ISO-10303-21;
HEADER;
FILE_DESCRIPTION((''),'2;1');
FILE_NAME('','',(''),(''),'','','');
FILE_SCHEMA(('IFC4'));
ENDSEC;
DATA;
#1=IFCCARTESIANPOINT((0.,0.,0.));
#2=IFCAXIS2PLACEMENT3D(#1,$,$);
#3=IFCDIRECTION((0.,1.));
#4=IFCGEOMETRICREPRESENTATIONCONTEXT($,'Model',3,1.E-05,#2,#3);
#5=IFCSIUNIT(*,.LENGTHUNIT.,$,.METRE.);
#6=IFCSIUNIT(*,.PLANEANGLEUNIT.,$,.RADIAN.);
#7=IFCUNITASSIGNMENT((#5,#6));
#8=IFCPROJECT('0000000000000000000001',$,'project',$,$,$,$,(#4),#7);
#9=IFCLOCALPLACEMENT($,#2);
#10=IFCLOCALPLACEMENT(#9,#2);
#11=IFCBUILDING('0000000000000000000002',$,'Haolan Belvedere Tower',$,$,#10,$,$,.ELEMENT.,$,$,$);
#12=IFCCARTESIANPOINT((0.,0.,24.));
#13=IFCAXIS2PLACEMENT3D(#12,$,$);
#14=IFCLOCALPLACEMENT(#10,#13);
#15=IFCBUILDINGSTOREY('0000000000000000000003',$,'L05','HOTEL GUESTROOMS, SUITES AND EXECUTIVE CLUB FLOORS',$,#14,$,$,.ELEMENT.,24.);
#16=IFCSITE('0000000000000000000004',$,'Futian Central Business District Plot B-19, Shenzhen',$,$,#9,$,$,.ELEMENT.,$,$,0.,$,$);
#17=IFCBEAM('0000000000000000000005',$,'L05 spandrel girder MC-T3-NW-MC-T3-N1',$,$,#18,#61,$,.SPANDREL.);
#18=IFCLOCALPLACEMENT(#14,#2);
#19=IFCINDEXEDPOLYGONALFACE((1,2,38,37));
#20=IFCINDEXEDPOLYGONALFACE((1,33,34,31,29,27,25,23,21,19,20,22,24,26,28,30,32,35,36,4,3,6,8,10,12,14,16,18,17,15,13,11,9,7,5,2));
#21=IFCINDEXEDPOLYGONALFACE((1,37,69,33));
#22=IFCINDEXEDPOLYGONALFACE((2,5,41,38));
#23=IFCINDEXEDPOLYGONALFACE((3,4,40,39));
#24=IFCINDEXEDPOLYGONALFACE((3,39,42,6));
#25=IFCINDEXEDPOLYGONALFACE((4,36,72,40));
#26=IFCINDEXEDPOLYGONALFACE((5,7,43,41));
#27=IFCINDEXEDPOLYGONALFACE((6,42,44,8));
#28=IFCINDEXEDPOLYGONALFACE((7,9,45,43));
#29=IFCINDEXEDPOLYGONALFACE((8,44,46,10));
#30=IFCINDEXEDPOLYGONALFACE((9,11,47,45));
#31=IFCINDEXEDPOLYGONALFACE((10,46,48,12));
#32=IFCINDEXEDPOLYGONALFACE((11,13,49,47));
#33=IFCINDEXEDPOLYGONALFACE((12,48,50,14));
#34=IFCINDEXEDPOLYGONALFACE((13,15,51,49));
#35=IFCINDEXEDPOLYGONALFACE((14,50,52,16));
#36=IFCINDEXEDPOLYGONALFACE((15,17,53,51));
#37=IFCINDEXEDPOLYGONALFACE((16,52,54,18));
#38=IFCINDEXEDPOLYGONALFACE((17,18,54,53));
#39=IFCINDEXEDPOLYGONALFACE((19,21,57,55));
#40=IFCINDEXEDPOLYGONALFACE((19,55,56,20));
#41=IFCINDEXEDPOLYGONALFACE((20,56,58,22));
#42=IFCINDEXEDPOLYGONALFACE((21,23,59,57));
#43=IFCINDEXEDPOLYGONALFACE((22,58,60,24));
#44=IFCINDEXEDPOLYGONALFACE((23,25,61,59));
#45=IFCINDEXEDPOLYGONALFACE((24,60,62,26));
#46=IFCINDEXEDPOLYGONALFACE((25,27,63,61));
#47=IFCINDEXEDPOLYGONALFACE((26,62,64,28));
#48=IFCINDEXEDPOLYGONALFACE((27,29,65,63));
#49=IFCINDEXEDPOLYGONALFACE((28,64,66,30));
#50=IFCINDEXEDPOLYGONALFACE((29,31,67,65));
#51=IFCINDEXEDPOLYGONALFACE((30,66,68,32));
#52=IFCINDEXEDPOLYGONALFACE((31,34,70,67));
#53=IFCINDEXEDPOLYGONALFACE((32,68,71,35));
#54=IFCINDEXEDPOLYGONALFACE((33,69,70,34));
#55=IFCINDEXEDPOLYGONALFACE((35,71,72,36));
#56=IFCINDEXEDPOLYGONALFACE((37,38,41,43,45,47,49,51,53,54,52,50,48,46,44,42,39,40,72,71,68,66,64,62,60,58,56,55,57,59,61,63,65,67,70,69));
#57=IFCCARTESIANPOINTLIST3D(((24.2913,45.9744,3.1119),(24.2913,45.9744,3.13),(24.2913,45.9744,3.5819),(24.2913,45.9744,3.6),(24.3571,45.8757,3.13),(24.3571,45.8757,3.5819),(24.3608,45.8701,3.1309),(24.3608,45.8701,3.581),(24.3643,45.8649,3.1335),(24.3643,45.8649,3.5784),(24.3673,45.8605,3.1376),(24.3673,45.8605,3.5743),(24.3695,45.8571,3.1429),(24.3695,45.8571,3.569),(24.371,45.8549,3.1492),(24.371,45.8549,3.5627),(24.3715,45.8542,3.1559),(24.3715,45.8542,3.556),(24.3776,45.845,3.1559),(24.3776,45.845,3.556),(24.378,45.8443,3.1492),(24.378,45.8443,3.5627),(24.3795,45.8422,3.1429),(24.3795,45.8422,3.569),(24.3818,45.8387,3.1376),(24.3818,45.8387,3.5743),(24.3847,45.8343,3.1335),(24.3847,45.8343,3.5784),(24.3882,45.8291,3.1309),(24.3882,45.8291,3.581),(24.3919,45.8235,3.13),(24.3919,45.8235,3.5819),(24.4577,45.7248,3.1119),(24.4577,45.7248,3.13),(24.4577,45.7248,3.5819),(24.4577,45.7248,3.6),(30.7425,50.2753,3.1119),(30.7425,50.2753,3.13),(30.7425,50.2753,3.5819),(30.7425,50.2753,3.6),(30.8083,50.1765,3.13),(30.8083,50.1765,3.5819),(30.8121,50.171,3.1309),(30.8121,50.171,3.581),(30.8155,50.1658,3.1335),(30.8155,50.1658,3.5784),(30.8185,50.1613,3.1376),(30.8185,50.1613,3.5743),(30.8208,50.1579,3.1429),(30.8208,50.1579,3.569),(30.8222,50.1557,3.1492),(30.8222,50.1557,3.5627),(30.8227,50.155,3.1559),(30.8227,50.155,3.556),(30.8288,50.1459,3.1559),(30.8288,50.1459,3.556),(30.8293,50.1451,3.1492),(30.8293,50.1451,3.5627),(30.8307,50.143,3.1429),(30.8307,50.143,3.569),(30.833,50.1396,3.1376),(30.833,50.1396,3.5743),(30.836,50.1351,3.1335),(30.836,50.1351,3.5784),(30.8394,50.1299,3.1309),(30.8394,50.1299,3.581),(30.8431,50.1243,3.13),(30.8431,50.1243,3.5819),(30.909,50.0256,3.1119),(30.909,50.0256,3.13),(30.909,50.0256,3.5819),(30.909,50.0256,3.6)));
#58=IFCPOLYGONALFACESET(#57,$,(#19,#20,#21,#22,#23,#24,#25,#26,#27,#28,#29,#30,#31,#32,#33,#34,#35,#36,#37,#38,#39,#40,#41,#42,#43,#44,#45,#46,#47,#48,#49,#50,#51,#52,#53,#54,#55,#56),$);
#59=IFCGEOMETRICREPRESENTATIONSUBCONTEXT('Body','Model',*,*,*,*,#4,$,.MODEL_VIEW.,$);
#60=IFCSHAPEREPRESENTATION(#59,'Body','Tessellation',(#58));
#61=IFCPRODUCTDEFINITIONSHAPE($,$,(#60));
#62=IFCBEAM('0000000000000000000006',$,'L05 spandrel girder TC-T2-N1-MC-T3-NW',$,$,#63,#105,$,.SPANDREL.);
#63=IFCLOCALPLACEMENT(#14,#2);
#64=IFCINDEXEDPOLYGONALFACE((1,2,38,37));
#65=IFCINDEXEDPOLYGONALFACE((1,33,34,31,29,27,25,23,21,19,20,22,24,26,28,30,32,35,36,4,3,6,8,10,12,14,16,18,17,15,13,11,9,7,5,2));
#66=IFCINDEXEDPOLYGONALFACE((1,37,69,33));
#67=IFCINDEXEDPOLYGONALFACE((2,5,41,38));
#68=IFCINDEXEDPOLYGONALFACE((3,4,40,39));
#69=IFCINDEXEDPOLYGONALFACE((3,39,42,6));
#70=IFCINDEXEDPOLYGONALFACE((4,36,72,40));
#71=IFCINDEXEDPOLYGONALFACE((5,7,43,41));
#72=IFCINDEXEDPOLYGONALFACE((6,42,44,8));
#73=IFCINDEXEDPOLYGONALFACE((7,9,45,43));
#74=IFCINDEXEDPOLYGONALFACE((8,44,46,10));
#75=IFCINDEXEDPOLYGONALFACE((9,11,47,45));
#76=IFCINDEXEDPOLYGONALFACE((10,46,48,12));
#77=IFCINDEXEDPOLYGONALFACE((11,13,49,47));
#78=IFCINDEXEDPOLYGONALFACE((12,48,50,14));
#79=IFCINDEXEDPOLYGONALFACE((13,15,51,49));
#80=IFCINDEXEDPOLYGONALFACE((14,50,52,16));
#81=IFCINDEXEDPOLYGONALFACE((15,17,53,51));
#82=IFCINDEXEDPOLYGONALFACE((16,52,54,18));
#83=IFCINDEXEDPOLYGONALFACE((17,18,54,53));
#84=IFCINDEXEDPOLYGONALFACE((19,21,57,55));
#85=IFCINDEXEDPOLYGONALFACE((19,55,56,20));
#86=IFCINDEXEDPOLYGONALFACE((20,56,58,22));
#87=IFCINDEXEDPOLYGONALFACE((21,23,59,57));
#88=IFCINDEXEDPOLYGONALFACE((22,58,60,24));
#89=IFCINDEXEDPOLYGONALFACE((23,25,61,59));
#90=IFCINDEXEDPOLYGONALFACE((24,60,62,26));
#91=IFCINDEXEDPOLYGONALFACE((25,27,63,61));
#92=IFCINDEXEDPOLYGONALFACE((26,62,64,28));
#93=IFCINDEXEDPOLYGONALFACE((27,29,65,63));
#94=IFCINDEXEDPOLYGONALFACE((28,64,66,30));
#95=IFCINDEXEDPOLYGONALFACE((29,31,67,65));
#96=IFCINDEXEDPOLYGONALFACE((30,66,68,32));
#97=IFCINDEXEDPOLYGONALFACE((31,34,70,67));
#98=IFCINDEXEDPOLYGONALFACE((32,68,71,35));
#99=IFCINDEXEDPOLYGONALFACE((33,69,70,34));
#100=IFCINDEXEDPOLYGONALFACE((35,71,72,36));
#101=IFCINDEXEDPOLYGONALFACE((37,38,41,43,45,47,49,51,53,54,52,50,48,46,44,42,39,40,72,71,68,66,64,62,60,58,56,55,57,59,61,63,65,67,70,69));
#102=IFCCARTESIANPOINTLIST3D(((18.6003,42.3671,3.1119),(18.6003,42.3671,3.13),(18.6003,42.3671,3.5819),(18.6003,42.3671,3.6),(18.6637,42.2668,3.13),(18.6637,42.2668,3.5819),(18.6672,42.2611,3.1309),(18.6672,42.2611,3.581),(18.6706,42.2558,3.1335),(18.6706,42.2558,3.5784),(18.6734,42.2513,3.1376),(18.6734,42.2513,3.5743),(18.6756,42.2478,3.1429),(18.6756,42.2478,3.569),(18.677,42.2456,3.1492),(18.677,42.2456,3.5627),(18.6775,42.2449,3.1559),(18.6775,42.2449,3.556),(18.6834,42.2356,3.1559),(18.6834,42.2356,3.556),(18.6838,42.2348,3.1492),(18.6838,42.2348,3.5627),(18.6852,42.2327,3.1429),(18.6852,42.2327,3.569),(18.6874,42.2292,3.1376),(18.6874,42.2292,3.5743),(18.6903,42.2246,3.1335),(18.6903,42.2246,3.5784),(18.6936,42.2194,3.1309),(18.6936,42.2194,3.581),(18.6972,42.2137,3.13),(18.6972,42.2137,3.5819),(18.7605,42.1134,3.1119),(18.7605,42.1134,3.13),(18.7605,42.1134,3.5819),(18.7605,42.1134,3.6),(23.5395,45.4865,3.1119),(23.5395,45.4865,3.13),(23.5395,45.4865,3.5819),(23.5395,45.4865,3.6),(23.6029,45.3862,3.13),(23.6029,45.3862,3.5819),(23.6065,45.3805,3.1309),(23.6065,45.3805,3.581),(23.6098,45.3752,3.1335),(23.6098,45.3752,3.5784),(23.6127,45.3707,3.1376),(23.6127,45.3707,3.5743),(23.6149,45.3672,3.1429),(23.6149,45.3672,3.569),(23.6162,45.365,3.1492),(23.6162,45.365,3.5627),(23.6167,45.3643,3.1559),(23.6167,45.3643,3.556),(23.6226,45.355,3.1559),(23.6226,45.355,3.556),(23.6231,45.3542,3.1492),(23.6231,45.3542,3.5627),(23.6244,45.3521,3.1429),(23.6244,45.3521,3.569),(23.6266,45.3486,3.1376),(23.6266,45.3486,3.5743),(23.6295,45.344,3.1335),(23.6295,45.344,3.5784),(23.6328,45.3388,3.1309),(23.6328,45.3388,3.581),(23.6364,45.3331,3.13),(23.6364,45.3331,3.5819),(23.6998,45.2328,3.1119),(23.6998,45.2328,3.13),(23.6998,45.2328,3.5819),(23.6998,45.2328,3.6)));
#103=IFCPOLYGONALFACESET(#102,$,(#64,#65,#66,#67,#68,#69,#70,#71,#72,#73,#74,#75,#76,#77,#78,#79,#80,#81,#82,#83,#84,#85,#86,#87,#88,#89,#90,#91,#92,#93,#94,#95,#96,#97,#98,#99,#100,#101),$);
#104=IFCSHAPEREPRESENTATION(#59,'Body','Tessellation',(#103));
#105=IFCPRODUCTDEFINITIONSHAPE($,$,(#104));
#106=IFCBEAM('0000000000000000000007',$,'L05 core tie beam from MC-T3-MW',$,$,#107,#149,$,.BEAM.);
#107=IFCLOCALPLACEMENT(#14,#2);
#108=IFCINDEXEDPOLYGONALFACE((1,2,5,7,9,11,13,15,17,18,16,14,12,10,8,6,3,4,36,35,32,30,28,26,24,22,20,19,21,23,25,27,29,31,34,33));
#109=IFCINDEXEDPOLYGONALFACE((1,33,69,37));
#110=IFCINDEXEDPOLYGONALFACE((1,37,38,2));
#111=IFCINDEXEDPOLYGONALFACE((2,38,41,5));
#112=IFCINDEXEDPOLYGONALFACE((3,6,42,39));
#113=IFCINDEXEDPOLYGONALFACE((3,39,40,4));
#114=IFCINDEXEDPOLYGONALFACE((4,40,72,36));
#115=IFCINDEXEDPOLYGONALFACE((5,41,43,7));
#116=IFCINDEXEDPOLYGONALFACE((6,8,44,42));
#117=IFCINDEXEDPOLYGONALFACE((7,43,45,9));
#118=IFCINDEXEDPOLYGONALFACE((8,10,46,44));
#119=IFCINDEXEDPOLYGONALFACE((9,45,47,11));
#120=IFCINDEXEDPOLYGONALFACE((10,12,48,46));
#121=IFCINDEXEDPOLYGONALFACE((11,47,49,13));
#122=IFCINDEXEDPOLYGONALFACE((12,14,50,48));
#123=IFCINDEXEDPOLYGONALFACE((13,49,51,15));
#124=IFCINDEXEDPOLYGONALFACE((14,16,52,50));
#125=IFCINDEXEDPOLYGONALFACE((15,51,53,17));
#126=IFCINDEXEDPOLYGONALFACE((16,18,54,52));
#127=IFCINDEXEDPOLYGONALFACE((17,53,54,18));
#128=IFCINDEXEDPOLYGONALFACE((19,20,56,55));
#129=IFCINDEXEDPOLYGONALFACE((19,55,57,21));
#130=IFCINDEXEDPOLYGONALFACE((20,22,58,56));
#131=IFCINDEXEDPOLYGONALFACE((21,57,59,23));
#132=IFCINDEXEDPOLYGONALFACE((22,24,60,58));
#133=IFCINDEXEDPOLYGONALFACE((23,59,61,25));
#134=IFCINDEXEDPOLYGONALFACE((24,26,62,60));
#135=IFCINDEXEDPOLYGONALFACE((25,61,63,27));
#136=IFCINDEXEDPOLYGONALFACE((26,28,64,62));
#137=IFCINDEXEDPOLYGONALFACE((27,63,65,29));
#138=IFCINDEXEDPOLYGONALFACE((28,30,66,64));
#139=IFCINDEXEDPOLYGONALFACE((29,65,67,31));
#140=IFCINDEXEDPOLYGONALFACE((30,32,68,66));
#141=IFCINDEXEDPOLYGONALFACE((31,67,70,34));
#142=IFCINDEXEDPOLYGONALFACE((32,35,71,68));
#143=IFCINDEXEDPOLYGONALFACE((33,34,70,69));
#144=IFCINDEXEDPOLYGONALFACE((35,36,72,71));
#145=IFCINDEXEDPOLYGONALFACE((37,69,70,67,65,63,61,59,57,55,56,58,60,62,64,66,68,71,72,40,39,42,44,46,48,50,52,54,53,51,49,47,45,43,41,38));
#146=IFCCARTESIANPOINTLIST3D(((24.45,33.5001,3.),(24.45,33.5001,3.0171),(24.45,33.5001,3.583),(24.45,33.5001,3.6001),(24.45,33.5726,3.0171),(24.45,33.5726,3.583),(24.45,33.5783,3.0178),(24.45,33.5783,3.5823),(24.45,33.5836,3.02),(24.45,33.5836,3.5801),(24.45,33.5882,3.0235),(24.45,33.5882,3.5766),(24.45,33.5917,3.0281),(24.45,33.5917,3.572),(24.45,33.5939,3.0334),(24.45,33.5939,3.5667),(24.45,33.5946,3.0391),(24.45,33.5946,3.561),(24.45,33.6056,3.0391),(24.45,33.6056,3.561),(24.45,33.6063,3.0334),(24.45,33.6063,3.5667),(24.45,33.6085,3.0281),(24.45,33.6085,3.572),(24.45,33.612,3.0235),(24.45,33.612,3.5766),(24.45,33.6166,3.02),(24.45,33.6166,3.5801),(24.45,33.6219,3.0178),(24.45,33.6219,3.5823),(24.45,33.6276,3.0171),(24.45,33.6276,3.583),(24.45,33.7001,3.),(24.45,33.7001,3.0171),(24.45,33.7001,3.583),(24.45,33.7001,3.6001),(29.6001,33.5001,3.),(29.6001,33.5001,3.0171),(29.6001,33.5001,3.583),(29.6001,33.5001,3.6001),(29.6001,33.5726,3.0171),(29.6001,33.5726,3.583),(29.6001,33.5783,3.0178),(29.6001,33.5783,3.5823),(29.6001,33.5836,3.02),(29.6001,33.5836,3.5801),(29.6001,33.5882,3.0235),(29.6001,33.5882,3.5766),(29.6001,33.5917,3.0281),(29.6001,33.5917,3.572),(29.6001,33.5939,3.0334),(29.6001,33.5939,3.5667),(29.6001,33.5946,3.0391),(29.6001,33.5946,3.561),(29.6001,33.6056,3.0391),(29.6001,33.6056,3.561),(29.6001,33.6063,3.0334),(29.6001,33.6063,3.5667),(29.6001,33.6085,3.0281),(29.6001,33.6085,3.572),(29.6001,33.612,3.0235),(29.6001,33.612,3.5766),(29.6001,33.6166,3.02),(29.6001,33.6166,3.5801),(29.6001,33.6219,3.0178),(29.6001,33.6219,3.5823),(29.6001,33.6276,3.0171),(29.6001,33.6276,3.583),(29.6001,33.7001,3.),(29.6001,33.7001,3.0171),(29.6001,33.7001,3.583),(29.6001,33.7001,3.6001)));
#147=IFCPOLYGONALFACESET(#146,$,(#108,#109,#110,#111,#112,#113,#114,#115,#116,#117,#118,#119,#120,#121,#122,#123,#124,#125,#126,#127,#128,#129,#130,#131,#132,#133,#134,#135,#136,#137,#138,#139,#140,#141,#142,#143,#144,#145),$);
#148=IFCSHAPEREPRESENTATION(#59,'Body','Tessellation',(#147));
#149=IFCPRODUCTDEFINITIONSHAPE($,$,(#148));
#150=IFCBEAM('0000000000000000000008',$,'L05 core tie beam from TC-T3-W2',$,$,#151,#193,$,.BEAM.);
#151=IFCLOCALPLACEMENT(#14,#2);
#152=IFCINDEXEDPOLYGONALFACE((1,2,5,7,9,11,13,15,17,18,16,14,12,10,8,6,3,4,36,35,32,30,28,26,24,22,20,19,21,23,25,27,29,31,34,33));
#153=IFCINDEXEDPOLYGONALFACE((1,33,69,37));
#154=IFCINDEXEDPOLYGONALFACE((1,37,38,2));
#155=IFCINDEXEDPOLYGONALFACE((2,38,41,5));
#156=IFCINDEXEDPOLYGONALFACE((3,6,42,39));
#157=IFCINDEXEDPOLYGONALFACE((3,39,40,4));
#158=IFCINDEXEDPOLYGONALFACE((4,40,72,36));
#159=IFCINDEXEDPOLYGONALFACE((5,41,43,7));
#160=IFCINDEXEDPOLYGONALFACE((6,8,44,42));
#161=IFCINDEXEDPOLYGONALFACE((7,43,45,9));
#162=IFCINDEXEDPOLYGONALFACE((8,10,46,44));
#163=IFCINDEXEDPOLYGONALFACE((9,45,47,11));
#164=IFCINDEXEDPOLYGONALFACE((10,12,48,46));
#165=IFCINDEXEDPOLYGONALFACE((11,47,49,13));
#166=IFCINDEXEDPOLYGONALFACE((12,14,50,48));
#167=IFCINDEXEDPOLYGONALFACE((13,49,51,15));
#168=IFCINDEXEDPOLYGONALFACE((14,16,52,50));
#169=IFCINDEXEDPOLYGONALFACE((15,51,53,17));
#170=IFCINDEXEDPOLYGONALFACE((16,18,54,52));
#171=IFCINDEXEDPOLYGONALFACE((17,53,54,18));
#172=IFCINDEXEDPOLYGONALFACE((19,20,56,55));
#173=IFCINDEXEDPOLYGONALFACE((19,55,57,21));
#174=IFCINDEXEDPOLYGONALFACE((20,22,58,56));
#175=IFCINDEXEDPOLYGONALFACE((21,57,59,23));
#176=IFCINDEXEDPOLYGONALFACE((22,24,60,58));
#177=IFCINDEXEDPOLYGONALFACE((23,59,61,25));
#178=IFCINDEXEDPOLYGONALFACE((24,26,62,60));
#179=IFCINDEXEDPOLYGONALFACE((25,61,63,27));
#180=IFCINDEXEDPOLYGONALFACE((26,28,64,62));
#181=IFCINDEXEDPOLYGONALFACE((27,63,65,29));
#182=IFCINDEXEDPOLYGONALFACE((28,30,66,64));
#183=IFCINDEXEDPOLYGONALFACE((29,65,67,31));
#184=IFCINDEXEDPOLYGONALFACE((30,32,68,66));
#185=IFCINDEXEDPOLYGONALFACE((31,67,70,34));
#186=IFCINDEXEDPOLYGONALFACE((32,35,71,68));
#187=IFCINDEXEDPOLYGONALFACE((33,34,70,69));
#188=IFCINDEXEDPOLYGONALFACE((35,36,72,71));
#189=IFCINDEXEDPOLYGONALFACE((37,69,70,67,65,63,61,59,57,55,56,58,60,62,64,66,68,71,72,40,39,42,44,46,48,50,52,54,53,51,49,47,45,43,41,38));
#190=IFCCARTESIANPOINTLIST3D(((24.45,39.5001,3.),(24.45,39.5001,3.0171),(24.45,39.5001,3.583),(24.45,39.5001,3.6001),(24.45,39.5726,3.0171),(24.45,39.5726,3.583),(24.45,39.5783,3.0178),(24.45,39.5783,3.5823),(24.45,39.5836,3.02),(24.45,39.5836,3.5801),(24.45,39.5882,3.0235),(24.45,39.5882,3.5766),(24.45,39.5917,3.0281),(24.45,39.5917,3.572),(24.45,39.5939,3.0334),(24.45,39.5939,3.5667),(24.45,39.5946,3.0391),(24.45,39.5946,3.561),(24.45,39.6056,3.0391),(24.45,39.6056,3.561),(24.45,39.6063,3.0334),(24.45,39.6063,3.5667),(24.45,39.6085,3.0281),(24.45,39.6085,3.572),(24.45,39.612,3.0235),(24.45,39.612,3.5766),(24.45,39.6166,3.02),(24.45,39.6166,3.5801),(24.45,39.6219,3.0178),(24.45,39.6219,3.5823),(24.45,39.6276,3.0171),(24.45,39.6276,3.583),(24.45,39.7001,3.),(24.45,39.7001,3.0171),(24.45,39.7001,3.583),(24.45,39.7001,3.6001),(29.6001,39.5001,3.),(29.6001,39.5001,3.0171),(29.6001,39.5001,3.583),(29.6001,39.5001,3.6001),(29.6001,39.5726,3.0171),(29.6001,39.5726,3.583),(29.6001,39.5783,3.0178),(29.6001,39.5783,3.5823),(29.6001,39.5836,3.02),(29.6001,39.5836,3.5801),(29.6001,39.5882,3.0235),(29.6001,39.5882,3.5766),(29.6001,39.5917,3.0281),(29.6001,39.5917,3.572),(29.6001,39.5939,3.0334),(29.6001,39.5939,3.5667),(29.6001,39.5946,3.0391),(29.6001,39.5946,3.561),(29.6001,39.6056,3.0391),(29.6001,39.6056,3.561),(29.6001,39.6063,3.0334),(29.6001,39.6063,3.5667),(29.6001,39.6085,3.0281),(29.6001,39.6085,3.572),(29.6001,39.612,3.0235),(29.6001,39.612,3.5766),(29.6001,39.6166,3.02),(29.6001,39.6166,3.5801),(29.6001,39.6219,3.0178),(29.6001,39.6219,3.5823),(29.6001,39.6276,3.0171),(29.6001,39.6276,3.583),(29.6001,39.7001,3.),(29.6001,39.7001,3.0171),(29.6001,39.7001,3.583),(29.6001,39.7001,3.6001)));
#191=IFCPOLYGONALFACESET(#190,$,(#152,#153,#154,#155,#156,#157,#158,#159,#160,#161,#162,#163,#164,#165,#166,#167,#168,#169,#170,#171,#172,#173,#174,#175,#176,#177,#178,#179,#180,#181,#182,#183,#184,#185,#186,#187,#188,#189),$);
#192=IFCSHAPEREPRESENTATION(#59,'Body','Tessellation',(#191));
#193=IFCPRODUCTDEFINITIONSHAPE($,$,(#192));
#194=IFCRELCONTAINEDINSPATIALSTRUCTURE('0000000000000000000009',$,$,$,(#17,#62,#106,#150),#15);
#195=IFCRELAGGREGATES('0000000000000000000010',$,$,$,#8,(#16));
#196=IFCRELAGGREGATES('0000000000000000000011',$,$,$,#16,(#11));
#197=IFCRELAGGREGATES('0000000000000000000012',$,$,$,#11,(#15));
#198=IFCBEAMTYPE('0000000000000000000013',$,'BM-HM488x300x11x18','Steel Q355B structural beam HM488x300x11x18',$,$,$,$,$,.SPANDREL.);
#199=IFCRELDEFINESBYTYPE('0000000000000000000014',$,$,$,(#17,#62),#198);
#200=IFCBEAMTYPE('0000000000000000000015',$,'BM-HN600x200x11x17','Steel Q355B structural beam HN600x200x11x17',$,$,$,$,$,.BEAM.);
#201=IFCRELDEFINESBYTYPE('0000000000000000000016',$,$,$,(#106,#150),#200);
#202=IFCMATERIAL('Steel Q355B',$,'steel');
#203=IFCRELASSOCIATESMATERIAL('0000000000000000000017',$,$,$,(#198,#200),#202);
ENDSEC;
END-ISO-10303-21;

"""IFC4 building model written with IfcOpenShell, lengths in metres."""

from ifc_helpers import new_model, si_unit, direction, frame, origin, origin_2d, place, context, subcontext, project, spatial, i_section, extrude, material, material_profile, profile_set, type_object, element, save


model = new_model("IFC4")

# Units and contexts
model_context = context("Model", 3, precision=1e-05, world=origin(), true_north=direction((0.0, 1.0)))
body_context = subcontext(model_context, "Body", "Model", "MODEL_VIEW")
ifc_project = project(units=[si_unit("LENGTHUNIT", "METRE"), si_unit("PLANEANGLEUNIT", "RADIAN")], contexts=[model_context])

# Site, building, storey
site_placement = place(None, origin())
site = spatial("IfcSite", under=ifc_project, at=site_placement, Name="Futian Central Business District Plot B-19, Shenzhen", CompositionType="ELEMENT", RefElevation=0.0)
building_placement = place(site_placement, origin())
building = spatial("IfcBuilding", under=site, at=building_placement, Name="Haolan Belvedere Tower", CompositionType="ELEMENT")
storey_placement = place(building_placement, frame((0.0, 0.0, 24.0)))
storey = spatial("IfcBuildingStorey", under=building, at=storey_placement, Name="L05", Description="HOTEL GUESTROOMS, SUITES AND EXECUTIVE CLUB FLOORS", CompositionType="ELEMENT", Elevation=24.0)

# Shared definitions
ifc_material_1 = material(Name="Steel Q355B", Category="steel")

# Beams
ifc_material_profile_1 = material_profile(ifc_material_1, i_section(OverallWidth=0.3, OverallDepth=0.488, WebThickness=0.011, FlangeThickness=0.0181, FilletRadius=0.0259, at=origin_2d()), Name="Steel Q355B")
ifc_profile_set_1 = profile_set([ifc_material_profile_1], Name="Steel Q355B")
beam_type_1 = type_object("IfcBeamType", Name="BM-HM488x300x11x18", Description="Steel Q355B structural beam HM488x300x11x18", PredefinedType="SPANDREL", material=ifc_profile_set_1)
beam_1_placement = place(storey_placement, frame((24.3745, 45.8496, 3.356), z_axis=(0.83205, 0.5547, 0.0), x_axis=(-0.5547, 0.83205, 0.0)))
element("IfcBeam", 1, at=beam_1_placement, inside=storey, type_object=beam_type_1, Name="L05 spandrel girder MC-T3-NW-MC-T3-N1", PredefinedType="SPANDREL", context=body_context, shape_type="SweptSolid", body=[
    extrude(i_section(OverallWidth=0.3, OverallDepth=0.488, WebThickness=0.011, FlangeThickness=0.0181, FilletRadius=0.0259, at=origin_2d()), origin(), (0.0, 0.0, 1.0), 7.7534),
])
beam_2_placement = place(storey_placement, frame((18.6804, 42.2402, 3.356), z_axis=(0.845498, 0.533979, 0.0), x_axis=(-0.533979, 0.845498, 0.0)))
element("IfcBeam", 2, at=beam_2_placement, inside=storey, type_object=beam_type_1, Name="L05 spandrel girder TC-T2-N1-MC-T3-NW", PredefinedType="SPANDREL", context=body_context, shape_type="SweptSolid", body=[
    extrude(i_section(OverallWidth=0.3, OverallDepth=0.488, WebThickness=0.011, FlangeThickness=0.0181, FilletRadius=0.0259, at=origin_2d()), origin(), (0.0, 0.0, 1.0), 5.8418),
])
ifc_material_profile_2 = material_profile(ifc_material_1, i_section(OverallWidth=0.2, OverallDepth=0.6001, WebThickness=0.011, FlangeThickness=0.0171, FilletRadius=0.022, at=origin_2d()), Name="Steel Q355B")
ifc_profile_set_2 = profile_set([ifc_material_profile_2], Name="Steel Q355B")
beam_type_2 = type_object("IfcBeamType", Name="BM-HN600x200x11x17", Description="Steel Q355B structural beam HN600x200x11x17", PredefinedType="BEAM", material=ifc_profile_set_2)
for number, where, z_axis, x_axis, name in (
    (3, (24.45, 33.6001, 3.3), (1.0, 0.0, 0.0), (0.0, 1.0, 0.0), "L05 core tie beam from MC-T3-MW"),
    (4, (24.45, 39.6001, 3.3), (1.0, 0.0, 0.0), (0.0, 1.0, 0.0), "L05 core tie beam from TC-T3-W2"),
):
    element("IfcBeam", number, at=place(storey_placement, frame(where, z_axis=z_axis, x_axis=x_axis)), inside=storey, type_object=beam_type_2, Name=name, PredefinedType="BEAM", context=body_context, shape_type="SweptSolid", body=[
        extrude(i_section(OverallWidth=0.2, OverallDepth=0.6001, WebThickness=0.011, FlangeThickness=0.0171, FilletRadius=0.022, at=origin_2d()), origin(), (0.0, 0.0, 1.0), 5.1501),
    ])

save(model, "model.ifc")
